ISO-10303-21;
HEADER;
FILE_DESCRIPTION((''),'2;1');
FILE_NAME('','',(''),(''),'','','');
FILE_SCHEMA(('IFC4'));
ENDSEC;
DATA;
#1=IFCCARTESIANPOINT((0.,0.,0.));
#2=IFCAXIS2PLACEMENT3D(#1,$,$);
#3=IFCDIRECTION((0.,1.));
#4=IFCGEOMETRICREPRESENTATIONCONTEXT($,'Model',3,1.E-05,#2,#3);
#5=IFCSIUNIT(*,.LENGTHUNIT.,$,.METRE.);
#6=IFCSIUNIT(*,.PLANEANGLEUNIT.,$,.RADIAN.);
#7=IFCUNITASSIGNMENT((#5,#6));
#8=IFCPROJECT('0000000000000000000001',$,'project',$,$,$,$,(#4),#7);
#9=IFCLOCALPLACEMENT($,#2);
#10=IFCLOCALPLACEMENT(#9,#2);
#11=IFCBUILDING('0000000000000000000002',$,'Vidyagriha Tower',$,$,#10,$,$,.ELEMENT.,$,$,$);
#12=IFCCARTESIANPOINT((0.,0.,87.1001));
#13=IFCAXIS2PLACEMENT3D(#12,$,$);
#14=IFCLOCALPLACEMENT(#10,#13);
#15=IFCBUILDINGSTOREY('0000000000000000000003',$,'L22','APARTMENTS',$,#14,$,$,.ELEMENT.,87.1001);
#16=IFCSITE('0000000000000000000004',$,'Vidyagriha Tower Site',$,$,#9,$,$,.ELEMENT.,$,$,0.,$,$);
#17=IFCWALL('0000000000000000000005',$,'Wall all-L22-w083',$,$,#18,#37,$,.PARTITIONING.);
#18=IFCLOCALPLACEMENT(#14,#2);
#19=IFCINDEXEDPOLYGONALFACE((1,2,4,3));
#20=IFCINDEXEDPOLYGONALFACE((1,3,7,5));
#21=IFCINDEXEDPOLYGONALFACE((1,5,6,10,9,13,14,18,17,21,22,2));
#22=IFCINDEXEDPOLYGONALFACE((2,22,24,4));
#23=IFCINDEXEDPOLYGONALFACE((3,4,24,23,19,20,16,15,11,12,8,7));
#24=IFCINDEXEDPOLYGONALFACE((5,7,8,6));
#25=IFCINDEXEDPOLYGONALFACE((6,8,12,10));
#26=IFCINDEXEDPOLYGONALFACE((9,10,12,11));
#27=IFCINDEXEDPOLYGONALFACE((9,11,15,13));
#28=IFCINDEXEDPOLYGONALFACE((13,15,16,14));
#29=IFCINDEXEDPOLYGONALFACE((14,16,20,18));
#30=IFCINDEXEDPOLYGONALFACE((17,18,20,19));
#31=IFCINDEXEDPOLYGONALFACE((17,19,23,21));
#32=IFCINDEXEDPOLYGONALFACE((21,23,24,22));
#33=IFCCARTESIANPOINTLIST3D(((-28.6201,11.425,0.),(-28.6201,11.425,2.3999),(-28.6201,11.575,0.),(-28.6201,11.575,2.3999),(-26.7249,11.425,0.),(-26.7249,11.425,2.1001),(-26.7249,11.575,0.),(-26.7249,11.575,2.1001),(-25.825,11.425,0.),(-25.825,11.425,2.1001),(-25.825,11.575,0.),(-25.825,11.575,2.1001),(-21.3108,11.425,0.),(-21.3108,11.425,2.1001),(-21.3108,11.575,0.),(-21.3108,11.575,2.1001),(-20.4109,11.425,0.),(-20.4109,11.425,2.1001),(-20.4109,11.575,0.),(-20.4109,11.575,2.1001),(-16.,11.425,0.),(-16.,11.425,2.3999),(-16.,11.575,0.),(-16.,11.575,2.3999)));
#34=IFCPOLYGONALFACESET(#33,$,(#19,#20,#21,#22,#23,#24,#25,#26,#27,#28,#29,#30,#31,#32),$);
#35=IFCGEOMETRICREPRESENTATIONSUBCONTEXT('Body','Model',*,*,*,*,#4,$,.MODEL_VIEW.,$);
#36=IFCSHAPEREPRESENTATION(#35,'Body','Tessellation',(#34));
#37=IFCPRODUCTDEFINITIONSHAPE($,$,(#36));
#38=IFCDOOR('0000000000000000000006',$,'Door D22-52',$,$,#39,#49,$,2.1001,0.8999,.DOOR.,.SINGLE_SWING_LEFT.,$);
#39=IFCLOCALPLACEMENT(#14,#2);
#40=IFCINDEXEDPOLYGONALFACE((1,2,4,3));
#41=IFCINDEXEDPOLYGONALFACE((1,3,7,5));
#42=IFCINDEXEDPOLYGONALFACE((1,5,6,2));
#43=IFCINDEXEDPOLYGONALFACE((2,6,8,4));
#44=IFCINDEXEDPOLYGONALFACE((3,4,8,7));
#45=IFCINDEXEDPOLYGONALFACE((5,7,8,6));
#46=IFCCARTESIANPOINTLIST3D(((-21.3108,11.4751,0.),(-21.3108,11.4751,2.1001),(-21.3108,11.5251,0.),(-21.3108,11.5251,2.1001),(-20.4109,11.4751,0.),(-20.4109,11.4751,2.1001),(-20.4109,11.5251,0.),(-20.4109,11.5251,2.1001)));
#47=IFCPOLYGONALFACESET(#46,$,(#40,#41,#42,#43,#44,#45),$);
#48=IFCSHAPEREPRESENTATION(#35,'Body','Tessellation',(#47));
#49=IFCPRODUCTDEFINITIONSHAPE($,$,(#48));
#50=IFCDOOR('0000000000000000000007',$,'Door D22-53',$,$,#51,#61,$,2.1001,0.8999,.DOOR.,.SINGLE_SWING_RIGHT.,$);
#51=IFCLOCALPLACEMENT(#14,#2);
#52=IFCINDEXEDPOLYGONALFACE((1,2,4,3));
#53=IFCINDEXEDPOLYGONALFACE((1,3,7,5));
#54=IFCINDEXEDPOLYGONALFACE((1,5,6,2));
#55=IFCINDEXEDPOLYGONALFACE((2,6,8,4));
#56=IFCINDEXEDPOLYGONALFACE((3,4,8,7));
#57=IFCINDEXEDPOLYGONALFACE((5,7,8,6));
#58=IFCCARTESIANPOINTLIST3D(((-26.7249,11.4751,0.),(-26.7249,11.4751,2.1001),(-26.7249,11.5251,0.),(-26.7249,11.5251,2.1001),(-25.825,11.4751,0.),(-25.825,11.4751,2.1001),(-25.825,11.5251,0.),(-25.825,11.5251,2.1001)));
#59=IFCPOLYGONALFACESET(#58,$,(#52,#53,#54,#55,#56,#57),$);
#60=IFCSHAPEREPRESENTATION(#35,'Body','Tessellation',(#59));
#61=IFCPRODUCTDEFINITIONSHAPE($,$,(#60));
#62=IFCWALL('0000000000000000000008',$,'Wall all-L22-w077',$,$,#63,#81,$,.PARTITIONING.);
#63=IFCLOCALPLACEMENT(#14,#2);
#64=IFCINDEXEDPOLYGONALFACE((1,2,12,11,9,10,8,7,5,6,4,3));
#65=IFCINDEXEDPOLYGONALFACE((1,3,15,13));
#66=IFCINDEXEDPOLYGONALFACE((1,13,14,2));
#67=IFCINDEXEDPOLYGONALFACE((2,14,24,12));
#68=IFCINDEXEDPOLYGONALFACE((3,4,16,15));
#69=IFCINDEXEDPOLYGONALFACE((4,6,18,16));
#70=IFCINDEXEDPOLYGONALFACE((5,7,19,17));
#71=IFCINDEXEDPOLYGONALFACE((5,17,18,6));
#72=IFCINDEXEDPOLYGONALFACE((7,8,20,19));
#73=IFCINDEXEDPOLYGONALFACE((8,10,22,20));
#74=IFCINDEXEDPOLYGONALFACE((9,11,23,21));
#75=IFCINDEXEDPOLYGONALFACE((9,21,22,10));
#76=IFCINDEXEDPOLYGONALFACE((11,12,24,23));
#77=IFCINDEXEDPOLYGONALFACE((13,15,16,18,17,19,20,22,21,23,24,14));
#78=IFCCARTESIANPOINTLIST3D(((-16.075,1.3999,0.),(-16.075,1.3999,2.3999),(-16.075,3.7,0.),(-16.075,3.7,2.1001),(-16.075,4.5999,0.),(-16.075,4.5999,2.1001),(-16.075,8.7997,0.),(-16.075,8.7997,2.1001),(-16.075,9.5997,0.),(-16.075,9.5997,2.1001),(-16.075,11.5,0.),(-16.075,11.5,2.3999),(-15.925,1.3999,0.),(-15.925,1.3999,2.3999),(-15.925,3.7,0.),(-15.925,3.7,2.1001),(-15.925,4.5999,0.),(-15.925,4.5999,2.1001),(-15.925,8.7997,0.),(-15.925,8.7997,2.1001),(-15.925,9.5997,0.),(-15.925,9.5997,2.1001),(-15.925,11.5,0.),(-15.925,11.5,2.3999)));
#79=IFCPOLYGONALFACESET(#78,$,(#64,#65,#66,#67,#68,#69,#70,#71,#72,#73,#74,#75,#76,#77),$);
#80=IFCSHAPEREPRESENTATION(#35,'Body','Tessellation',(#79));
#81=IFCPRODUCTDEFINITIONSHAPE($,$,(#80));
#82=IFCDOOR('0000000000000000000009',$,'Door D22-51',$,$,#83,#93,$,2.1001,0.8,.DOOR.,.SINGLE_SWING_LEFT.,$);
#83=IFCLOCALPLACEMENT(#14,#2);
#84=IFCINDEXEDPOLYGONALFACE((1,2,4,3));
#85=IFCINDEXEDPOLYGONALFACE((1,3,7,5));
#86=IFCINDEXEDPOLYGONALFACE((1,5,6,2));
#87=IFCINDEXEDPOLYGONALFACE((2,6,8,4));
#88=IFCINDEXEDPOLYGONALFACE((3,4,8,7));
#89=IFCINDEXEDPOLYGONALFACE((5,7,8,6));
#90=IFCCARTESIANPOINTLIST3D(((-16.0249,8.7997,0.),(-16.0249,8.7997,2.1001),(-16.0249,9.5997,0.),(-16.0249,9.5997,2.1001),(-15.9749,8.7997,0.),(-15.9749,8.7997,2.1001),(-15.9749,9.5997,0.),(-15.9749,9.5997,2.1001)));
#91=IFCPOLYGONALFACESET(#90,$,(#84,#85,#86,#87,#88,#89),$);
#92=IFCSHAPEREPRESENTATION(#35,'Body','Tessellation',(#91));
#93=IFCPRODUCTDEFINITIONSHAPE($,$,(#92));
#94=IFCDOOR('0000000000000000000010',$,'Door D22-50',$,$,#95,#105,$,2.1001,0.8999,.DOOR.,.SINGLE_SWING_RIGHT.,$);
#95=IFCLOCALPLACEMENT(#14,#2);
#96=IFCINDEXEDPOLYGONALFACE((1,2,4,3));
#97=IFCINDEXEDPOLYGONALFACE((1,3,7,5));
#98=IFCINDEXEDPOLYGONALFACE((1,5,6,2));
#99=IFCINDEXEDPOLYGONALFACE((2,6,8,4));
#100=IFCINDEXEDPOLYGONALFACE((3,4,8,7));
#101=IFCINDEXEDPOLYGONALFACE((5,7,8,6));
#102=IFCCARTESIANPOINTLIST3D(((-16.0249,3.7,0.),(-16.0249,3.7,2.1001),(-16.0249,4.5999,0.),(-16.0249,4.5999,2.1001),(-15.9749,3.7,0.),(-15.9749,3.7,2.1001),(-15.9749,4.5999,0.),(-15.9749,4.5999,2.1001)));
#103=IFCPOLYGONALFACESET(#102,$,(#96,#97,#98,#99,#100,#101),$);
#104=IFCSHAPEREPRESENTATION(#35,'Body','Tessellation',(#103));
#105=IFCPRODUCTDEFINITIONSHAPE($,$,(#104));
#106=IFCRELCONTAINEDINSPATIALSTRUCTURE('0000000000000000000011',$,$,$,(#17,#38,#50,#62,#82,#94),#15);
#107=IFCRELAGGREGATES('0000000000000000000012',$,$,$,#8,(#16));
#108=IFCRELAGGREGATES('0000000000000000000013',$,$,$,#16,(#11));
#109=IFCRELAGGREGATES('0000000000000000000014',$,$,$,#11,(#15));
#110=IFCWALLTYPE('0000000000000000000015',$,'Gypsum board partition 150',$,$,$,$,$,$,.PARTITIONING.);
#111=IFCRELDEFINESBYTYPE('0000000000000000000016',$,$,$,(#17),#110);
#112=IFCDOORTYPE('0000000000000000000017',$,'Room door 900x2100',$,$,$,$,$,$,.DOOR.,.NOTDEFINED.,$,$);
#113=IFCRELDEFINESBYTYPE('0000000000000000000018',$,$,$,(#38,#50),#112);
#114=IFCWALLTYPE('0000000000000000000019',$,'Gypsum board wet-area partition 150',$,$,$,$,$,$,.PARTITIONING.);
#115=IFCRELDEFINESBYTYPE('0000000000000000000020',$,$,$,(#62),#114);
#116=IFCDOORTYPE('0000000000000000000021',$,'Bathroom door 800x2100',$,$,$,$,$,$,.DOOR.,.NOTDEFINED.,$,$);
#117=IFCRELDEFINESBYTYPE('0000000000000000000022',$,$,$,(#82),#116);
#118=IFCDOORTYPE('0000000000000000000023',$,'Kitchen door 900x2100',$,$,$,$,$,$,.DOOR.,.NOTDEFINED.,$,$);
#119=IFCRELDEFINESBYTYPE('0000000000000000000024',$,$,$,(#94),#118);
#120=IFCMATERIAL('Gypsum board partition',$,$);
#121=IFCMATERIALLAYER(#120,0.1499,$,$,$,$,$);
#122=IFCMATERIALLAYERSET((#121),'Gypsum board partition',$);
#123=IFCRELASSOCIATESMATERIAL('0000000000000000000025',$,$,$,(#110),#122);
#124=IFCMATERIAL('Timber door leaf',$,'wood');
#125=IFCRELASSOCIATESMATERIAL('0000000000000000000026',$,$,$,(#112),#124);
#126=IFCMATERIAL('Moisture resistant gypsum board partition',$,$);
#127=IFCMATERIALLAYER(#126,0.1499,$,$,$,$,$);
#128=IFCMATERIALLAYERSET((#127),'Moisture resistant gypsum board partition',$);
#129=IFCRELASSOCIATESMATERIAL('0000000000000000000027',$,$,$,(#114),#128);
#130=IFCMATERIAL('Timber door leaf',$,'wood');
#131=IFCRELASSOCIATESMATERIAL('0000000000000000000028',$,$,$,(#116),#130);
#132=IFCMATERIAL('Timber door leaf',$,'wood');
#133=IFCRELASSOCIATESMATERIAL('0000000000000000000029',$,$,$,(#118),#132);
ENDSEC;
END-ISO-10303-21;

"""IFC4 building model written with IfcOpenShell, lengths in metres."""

from ifc_helpers import new_model, si_unit, direction, frame, frame_2d, origin, place, context, subcontext, project, spatial, rectangle, extrude, material, layer, layer_set, type_object, element, fill, save


model = new_model("IFC4")

# Units and contexts
model_context = context("Model", 3, precision=1e-05, world=origin(), true_north=direction((0.0, 1.0)))
body_context = subcontext(model_context, "Body", "Model", "MODEL_VIEW")
ifc_project = project(units=[si_unit("LENGTHUNIT", "METRE"), si_unit("PLANEANGLEUNIT", "RADIAN")], contexts=[model_context])

# Site, building, storey
site_placement = place(None, origin())
site = spatial("IfcSite", under=ifc_project, at=site_placement, Name="Vidyagriha Tower Site", CompositionType="ELEMENT", RefElevation=0.0)
building_placement = place(site_placement, origin())
building = spatial("IfcBuilding", under=site, at=building_placement, Name="Vidyagriha Tower", CompositionType="ELEMENT")
storey_placement = place(building_placement, frame((0.0, 0.0, 87.1001)))
storey = spatial("IfcBuildingStorey", under=building, at=storey_placement, Name="L22", Description="APARTMENTS", CompositionType="ELEMENT", Elevation=87.1001)

# Shared definitions
ifc_material_1 = material(Name="Gypsum board partition")
ifc_layer_1 = layer(ifc_material_1, 0.1499)
ifc_layer_set_1 = layer_set([ifc_layer_1], Name="Gypsum board partition")
wall_type_1 = type_object("IfcWallType", Name="Gypsum board partition 150", PredefinedType="PARTITIONING", material=ifc_layer_set_1)

# Walls, openings, doors
wall_1_placement = place(storey_placement, frame((-16.0, 11.5, 0.0), z_axis=(0.0, 0.0, 1.0), x_axis=(-1.0, 0.0, 0.0)))
wall_1 = element("IfcWall", 1, at=wall_1_placement, inside=storey, type_object=wall_type_1, Name="Wall all-L22-w083", PredefinedType="PARTITIONING", context=body_context, shape_type="SweptSolid", body=[
    extrude(rectangle(XDim=12.6201, YDim=0.1499, at=frame_2d((6.3101, 0.0))), origin(), (0.0, 0.0, 1.0), 2.3999),
])
opening_1_placement = place(wall_1_placement, frame((4.4109, 0.0, 0.0)))
opening_1 = element("IfcOpeningElement", 2, at=opening_1_placement, cuts=wall_1, PredefinedType="OPENING", context=body_context, shape_type="SweptSolid", body=[
    extrude(rectangle(XDim=0.8999, YDim=2.1001, at=frame_2d((0.45, 1.05))), frame((0.0, 0.085, 0.0), z_axis=(0.0, -1.0, 0.0), x_axis=(1.0, 0.0, 0.0)), (0.0, 0.0, 1.0), 0.1699),
])
opening_2_placement = place(wall_1_placement, frame((9.825, 0.0, 0.0)))
opening_2 = element("IfcOpeningElement", 3, at=opening_2_placement, cuts=wall_1, PredefinedType="OPENING", context=body_context, shape_type="SweptSolid", body=[
    extrude(rectangle(XDim=0.8999, YDim=2.1001, at=frame_2d((0.45, 1.05))), frame((0.0, 0.085, 0.0), z_axis=(0.0, -1.0, 0.0), x_axis=(1.0, 0.0, 0.0)), (0.0, 0.0, 1.0), 0.1699),
])
ifc_material_2 = material(Name="Timber door leaf", Category="wood")
door_type_1 = type_object("IfcDoorType", Name="Room door 900x2100", OperationType="NOTDEFINED", PredefinedType="DOOR", material=ifc_material_2)
door_1_placement = place(opening_1_placement, origin())
door_1 = element("IfcDoor", 4, at=door_1_placement, inside=storey, type_object=door_type_1, Name="Door D22-52", OperationType="SINGLE_SWING_LEFT", OverallHeight=2.1001, OverallWidth=0.8999, PredefinedType="DOOR", context=body_context, shape_type="SweptSolid", body=[
    extrude(rectangle(XDim=0.8999, YDim=2.1001, at=frame_2d((0.45, 1.05))), frame((0.0, 0.0249, 0.0), z_axis=(0.0, -1.0, 0.0), x_axis=(1.0, 0.0, 0.0)), (0.0, 0.0, 1.0), 0.05),
])
fill(opening_1, door_1)
door_2_placement = place(opening_2_placement, origin())
door_2 = element("IfcDoor", 5, at=door_2_placement, inside=storey, type_object=door_type_1, Name="Door D22-53", OperationType="SINGLE_SWING_RIGHT", OverallHeight=2.1001, OverallWidth=0.8999, PredefinedType="DOOR", context=body_context, shape_type="SweptSolid", body=[
    extrude(rectangle(XDim=0.8999, YDim=2.1001, at=frame_2d((0.45, 1.05))), frame((0.0, 0.0249, 0.0), z_axis=(0.0, -1.0, 0.0), x_axis=(1.0, 0.0, 0.0)), (0.0, 0.0, 1.0), 0.05),
])
fill(opening_2, door_2)
ifc_material_3 = material(Name="Moisture resistant gypsum board partition")
ifc_layer_2 = layer(ifc_material_3, 0.1499)
ifc_layer_set_2 = layer_set([ifc_layer_2], Name="Moisture resistant gypsum board partition")
wall_type_2 = type_object("IfcWallType", Name="Gypsum board wet-area partition 150", PredefinedType="PARTITIONING", material=ifc_layer_set_2)
wall_2_placement = place(storey_placement, frame((-16.0, 1.3999, 0.0), z_axis=(0.0, 0.0, 1.0), x_axis=(0.0, 1.0, 0.0)))
wall_2 = element("IfcWall", 6, at=wall_2_placement, inside=storey, type_object=wall_type_2, Name="Wall all-L22-w077", PredefinedType="PARTITIONING", context=body_context, shape_type="SweptSolid", body=[
    extrude(rectangle(XDim=10.1001, YDim=0.1499, at=frame_2d((5.05, 0.0))), origin(), (0.0, 0.0, 1.0), 2.3999),
])
opening_3_placement = place(wall_2_placement, frame((2.3, 0.0, 0.0)))
opening_3 = element("IfcOpeningElement", 7, at=opening_3_placement, cuts=wall_2, PredefinedType="OPENING", context=body_context, shape_type="SweptSolid", body=[
    extrude(rectangle(XDim=0.8999, YDim=2.1001, at=frame_2d((0.45, 1.05))), frame((0.0, 0.085, 0.0), z_axis=(0.0, -1.0, 0.0), x_axis=(1.0, 0.0, 0.0)), (0.0, 0.0, 1.0), 0.1699),
])
opening_4_placement = place(wall_2_placement, frame((7.3999, 0.0, 0.0)))
opening_4 = element("IfcOpeningElement", 8, at=opening_4_placement, cuts=wall_2, PredefinedType="OPENING", context=body_context, shape_type="SweptSolid", body=[
    extrude(rectangle(XDim=0.8, YDim=2.1001, at=frame_2d((0.3999, 1.05))), frame((0.0, 0.085, 0.0), z_axis=(0.0, -1.0, 0.0), x_axis=(1.0, 0.0, 0.0)), (0.0, 0.0, 1.0), 0.1699),
])
ifc_material_4 = material(Name="Timber door leaf", Category="wood")
door_type_2 = type_object("IfcDoorType", Name="Bathroom door 800x2100", OperationType="NOTDEFINED", PredefinedType="DOOR", material=ifc_material_4)
door_3_placement = place(opening_4_placement, origin())
door_3 = element("IfcDoor", 9, at=door_3_placement, inside=storey, type_object=door_type_2, Name="Door D22-51", OperationType="SINGLE_SWING_LEFT", OverallHeight=2.1001, OverallWidth=0.8, PredefinedType="DOOR", context=body_context, shape_type="SweptSolid", body=[
    extrude(rectangle(XDim=0.8, YDim=2.1001, at=frame_2d((0.3999, 1.05))), frame((0.0, 0.0249, 0.0), z_axis=(0.0, -1.0, 0.0), x_axis=(1.0, 0.0, 0.0)), (0.0, 0.0, 1.0), 0.05),
])
fill(opening_4, door_3)
ifc_material_5 = material(Name="Timber door leaf", Category="wood")
door_type_3 = type_object("IfcDoorType", Name="Kitchen door 900x2100", OperationType="NOTDEFINED", PredefinedType="DOOR", material=ifc_material_5)
door_4_placement = place(opening_3_placement, origin())
door_4 = element("IfcDoor", 10, at=door_4_placement, inside=storey, type_object=door_type_3, Name="Door D22-50", OperationType="SINGLE_SWING_RIGHT", OverallHeight=2.1001, OverallWidth=0.8999, PredefinedType="DOOR", context=body_context, shape_type="SweptSolid", body=[
    extrude(rectangle(XDim=0.8999, YDim=2.1001, at=frame_2d((0.45, 1.05))), frame((0.0, 0.0249, 0.0), z_axis=(0.0, -1.0, 0.0), x_axis=(1.0, 0.0, 0.0)), (0.0, 0.0, 1.0), 0.05),
])
fill(opening_3, door_4)

save(model, "model.ifc")
